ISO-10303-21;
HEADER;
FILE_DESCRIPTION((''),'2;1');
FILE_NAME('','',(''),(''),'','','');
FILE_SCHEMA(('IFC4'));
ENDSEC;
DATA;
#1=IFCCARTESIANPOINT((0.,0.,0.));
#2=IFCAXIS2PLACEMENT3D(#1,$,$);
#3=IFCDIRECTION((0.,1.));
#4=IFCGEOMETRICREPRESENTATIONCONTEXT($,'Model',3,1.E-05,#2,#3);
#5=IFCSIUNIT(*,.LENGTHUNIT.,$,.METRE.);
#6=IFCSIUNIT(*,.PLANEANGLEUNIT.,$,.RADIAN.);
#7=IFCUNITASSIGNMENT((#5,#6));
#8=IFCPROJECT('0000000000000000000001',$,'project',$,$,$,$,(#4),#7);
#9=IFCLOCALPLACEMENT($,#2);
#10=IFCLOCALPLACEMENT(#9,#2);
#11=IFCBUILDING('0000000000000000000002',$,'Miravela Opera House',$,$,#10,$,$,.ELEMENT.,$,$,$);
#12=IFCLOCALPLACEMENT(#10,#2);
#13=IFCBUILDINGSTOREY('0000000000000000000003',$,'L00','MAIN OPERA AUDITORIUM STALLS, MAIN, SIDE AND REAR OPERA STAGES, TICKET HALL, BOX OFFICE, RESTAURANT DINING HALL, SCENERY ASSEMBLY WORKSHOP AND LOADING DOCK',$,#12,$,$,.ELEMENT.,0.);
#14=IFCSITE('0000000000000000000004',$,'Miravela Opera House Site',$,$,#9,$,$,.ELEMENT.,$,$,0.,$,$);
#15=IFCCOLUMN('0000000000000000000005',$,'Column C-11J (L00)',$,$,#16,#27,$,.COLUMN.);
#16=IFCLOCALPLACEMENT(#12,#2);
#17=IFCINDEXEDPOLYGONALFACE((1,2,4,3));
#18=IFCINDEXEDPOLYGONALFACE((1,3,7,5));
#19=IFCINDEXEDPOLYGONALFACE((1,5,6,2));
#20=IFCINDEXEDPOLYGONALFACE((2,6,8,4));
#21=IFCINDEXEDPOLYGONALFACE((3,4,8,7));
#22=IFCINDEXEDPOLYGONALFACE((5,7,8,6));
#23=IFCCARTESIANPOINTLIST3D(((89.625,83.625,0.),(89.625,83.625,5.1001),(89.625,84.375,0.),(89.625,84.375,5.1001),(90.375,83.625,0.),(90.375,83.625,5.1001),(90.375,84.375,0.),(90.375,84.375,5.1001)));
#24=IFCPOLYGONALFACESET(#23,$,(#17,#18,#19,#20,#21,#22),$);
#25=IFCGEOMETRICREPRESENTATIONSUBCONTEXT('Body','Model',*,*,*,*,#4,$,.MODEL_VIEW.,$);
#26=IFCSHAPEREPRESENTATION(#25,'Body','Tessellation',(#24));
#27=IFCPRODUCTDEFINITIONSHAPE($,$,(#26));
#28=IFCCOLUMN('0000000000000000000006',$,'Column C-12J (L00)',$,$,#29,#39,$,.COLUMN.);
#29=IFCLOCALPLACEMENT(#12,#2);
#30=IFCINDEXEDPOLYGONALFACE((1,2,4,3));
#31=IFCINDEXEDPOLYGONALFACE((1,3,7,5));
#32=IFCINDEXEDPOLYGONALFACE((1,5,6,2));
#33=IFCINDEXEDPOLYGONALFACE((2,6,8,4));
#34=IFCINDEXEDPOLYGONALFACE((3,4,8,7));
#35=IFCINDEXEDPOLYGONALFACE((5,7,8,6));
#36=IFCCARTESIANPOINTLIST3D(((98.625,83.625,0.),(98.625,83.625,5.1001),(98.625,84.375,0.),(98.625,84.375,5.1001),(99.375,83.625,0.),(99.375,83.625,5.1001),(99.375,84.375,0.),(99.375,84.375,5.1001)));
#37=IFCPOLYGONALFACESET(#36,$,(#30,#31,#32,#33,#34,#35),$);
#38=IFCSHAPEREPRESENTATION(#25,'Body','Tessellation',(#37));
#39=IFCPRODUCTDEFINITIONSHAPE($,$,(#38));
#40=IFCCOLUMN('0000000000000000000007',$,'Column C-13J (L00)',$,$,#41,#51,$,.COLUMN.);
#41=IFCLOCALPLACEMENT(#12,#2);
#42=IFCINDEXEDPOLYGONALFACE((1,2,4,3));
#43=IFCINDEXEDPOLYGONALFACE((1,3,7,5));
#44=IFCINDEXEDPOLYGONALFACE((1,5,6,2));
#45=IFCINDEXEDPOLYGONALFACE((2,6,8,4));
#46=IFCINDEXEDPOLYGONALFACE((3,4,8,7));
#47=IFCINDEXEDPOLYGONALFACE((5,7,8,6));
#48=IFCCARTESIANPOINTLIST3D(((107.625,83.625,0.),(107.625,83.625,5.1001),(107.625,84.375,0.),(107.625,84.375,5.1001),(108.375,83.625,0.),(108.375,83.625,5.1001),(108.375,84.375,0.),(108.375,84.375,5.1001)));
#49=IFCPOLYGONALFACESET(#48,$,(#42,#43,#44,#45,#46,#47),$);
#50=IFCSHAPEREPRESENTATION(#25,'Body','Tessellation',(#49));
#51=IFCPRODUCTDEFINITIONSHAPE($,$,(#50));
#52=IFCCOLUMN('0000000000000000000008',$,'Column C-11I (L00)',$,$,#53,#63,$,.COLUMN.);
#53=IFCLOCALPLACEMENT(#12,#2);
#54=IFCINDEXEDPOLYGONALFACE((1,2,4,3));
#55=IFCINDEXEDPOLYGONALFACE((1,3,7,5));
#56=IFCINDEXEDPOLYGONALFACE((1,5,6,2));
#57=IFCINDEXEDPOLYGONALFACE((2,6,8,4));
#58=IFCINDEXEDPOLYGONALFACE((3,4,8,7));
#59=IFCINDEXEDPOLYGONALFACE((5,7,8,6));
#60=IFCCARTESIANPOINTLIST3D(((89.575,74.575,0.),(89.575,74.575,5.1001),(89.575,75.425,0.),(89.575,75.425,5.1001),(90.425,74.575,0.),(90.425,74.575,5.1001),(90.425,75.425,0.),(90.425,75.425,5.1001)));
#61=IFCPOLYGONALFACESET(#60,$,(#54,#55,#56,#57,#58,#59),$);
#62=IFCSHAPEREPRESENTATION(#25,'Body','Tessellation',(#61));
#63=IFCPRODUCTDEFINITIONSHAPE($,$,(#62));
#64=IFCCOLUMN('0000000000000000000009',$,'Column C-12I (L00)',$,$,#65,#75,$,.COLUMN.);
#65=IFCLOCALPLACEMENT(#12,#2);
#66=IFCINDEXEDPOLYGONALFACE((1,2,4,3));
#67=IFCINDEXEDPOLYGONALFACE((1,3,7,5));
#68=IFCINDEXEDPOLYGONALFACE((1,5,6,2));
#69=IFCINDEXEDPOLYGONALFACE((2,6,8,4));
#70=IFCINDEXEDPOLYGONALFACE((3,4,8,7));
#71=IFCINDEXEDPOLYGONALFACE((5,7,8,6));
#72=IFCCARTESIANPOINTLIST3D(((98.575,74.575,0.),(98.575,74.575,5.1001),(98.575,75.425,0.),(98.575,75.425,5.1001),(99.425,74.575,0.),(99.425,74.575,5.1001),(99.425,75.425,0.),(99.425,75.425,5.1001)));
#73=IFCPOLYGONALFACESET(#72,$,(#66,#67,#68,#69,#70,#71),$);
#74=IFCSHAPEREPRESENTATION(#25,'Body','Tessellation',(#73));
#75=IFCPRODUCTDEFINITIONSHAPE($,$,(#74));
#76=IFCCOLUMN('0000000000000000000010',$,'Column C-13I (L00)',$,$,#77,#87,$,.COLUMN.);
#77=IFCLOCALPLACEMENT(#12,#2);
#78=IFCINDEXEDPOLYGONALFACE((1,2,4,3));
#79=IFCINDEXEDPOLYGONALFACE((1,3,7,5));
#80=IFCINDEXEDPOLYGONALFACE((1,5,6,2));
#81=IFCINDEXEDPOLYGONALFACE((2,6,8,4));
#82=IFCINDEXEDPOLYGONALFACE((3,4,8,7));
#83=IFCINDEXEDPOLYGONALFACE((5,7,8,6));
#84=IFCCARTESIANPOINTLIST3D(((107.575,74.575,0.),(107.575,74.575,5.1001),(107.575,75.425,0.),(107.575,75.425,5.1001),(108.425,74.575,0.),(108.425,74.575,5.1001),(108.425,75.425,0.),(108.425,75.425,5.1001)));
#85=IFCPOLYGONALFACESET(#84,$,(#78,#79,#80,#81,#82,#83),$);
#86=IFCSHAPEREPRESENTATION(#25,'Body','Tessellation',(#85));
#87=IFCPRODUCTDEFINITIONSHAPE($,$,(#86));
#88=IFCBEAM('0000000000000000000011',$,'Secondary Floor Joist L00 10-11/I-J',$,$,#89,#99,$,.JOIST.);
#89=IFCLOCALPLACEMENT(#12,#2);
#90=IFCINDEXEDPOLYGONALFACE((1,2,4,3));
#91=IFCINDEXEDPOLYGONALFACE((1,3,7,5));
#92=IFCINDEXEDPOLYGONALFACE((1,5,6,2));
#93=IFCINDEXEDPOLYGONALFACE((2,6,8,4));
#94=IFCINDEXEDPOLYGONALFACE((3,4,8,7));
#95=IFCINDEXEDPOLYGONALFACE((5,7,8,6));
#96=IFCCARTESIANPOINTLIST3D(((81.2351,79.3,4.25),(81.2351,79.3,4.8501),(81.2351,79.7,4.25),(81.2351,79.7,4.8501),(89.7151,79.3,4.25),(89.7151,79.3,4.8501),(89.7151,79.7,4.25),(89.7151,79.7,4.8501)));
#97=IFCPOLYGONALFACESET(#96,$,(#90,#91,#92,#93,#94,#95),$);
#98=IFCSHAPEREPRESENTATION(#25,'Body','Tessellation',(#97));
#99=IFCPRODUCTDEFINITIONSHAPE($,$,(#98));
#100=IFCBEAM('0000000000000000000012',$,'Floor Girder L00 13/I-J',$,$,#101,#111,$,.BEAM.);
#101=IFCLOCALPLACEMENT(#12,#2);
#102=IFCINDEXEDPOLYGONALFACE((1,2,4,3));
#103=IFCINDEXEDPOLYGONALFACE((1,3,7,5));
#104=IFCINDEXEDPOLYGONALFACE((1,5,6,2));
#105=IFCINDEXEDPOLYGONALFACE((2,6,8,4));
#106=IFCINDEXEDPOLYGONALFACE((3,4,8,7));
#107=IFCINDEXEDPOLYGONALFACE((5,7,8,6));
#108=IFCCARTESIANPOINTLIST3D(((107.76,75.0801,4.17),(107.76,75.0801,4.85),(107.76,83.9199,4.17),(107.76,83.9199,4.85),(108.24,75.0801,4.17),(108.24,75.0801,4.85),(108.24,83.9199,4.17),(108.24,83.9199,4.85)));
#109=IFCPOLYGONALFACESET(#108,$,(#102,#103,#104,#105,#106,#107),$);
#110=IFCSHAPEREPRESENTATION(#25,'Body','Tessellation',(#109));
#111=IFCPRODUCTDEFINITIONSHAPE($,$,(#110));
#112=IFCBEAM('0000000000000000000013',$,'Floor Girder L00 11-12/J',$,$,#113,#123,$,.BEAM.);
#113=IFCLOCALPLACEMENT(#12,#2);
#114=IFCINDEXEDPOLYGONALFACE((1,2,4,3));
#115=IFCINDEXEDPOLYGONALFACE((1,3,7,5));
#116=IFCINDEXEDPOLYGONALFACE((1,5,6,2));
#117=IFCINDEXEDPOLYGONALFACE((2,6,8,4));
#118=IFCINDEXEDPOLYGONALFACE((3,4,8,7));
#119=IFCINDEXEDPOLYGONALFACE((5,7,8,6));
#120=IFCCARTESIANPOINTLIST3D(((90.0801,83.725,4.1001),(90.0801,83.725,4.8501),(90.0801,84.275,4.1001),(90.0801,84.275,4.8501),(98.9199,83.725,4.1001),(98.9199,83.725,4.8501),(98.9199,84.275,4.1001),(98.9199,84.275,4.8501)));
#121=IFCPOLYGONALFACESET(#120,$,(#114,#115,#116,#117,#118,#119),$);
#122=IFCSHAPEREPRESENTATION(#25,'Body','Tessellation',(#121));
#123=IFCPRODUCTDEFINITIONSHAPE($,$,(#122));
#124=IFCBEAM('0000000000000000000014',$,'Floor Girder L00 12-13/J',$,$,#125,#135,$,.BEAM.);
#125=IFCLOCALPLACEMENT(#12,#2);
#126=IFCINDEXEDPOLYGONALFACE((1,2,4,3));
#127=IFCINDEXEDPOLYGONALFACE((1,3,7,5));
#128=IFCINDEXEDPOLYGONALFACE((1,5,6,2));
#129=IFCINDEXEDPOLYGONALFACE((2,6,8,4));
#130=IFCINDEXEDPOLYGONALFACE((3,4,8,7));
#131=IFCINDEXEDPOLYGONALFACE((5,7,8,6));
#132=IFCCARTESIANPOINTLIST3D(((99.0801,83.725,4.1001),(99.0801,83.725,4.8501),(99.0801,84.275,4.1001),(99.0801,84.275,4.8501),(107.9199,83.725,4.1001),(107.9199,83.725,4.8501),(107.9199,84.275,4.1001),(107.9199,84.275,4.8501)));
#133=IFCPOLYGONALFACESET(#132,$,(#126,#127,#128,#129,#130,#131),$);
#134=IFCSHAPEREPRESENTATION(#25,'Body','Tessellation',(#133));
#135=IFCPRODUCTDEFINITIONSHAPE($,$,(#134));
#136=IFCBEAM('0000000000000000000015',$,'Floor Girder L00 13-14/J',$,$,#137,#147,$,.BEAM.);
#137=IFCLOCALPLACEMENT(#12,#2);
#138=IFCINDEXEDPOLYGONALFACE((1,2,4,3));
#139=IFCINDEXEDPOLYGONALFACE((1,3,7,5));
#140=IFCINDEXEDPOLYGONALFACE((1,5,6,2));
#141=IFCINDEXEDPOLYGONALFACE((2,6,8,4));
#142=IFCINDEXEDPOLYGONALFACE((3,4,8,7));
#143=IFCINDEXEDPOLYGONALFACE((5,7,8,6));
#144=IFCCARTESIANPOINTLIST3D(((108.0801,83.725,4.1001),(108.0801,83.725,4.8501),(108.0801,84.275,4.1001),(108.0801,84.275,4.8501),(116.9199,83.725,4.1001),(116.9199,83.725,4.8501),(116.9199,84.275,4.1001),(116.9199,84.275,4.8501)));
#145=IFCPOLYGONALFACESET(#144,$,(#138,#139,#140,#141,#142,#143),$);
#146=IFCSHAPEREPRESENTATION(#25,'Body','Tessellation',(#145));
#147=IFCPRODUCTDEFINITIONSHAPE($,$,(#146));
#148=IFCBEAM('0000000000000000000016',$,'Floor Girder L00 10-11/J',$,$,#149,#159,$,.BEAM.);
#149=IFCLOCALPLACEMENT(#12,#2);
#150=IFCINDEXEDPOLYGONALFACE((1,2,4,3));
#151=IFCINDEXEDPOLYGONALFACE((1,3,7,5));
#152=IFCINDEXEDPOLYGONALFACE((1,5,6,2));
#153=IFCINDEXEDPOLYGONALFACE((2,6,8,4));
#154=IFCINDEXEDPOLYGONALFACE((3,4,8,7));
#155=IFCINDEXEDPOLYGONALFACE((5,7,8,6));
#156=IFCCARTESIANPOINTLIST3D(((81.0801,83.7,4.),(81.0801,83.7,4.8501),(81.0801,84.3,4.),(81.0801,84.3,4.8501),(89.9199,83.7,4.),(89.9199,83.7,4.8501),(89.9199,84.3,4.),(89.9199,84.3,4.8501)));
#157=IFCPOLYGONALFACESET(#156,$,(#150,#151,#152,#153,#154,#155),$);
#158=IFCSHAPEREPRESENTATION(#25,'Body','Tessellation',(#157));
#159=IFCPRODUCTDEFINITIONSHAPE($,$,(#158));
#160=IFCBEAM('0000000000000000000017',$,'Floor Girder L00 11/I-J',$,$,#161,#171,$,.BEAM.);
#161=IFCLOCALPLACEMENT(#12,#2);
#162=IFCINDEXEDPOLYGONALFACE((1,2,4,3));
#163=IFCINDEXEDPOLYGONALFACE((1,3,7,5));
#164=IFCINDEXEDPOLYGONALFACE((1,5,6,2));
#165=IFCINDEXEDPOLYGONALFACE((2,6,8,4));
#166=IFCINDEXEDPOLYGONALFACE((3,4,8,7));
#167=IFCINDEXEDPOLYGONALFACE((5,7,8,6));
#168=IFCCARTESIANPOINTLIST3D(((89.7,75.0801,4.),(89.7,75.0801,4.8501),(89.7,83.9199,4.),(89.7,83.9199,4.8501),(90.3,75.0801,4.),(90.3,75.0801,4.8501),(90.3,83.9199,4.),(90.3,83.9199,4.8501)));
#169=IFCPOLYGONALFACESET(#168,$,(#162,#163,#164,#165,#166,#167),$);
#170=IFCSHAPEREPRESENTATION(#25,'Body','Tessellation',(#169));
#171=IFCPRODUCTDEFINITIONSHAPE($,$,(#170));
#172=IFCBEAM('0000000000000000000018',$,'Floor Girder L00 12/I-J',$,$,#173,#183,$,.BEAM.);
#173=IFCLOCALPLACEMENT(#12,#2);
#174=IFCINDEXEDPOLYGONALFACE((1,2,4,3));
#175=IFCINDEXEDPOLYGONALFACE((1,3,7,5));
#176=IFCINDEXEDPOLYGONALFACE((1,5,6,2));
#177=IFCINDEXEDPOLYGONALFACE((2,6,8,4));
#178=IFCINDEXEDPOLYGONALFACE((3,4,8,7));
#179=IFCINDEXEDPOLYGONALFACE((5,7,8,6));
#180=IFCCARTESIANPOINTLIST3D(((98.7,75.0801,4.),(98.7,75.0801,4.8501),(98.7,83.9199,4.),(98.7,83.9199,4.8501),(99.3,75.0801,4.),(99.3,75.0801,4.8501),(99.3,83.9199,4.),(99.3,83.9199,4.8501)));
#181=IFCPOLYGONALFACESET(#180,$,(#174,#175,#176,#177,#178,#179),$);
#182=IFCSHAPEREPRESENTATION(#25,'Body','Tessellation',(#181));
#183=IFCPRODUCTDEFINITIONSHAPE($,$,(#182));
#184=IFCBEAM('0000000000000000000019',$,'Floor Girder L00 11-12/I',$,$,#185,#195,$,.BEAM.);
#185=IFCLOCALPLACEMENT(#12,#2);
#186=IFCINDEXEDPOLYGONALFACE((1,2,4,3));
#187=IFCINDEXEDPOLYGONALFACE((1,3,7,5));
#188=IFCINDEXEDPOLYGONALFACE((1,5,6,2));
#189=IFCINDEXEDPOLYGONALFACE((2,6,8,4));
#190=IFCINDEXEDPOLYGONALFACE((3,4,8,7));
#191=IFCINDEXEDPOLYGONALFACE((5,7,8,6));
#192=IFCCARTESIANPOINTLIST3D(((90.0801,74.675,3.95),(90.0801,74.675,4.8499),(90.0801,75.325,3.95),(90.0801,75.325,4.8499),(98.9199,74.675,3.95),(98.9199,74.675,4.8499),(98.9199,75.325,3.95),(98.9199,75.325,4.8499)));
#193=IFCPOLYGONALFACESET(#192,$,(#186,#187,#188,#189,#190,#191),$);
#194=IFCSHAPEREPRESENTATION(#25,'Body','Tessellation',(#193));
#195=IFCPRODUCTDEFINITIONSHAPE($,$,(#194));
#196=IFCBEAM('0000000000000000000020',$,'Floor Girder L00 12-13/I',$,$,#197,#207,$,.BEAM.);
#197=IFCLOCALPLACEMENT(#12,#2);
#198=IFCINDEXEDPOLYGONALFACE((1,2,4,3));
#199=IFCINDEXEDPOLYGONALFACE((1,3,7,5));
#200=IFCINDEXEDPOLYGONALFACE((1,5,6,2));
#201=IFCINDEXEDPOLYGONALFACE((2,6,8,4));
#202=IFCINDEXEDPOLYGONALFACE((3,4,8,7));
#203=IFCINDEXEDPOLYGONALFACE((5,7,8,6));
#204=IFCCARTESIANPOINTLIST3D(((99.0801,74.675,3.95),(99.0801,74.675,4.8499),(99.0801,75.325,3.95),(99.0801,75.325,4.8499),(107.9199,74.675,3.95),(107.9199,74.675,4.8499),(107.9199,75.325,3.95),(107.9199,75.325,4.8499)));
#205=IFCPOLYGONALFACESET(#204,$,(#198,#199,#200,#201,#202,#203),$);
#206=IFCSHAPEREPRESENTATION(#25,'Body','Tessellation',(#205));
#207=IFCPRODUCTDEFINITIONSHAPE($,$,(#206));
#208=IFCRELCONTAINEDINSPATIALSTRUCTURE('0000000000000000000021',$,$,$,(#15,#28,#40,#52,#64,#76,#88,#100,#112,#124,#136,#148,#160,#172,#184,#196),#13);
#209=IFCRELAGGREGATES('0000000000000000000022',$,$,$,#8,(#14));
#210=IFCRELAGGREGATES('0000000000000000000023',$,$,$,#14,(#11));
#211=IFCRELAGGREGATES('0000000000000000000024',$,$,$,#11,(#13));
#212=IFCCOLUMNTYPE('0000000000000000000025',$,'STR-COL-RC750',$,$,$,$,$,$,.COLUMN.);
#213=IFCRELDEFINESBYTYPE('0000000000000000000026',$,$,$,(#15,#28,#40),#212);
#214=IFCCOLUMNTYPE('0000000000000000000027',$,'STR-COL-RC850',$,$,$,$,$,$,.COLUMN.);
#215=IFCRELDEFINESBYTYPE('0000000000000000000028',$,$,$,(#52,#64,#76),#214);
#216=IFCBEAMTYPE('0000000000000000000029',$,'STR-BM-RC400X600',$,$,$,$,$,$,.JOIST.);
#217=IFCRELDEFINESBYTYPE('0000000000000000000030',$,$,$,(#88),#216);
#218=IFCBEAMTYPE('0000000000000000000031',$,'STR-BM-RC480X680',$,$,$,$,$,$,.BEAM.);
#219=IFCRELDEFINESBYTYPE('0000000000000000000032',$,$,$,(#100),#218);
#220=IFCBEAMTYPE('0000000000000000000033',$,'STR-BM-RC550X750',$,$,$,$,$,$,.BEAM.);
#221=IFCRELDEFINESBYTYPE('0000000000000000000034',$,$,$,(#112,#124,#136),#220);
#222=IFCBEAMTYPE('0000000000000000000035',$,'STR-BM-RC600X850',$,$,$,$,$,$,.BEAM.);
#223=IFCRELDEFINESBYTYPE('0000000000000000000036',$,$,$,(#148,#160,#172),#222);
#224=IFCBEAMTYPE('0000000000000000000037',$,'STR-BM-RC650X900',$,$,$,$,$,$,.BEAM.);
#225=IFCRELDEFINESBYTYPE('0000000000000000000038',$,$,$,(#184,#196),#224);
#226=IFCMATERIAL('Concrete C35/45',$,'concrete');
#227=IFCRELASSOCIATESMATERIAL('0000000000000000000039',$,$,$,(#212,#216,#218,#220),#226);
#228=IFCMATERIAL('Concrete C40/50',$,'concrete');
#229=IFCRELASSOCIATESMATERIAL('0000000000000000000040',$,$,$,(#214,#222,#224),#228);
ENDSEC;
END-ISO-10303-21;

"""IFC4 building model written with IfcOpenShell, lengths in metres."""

from ifc_helpers import new_model, si_unit, direction, frame, origin, origin_2d, place, context, subcontext, project, spatial, rectangle, extrude, material, material_profile, profile_set, type_object, element, save


model = new_model("IFC4")

# Units and contexts
model_context = context("Model", 3, precision=1e-05, world=origin(), true_north=direction((0.0, 1.0)))
body_context = subcontext(model_context, "Body", "Model", "MODEL_VIEW")
ifc_project = project(units=[si_unit("LENGTHUNIT", "METRE"), si_unit("PLANEANGLEUNIT", "RADIAN")], contexts=[model_context])

# Site, building, storey
site_placement = place(None, origin())
site = spatial("IfcSite", under=ifc_project, at=site_placement, Name="Miravela Opera House Site", CompositionType="ELEMENT", RefElevation=0.0)
building_placement = place(site_placement, origin())
building = spatial("IfcBuilding", under=site, at=building_placement, Name="Miravela Opera House", CompositionType="ELEMENT")
storey_placement = place(building_placement, origin())
storey = spatial("IfcBuildingStorey", under=building, at=storey_placement, Name="L00", Description="MAIN OPERA AUDITORIUM STALLS, MAIN, SIDE AND REAR OPERA STAGES, TICKET HALL, BOX OFFICE, RESTAURANT DINING HALL, SCENERY ASSEMBLY WORKSHOP AND LOADING DOCK", CompositionType="ELEMENT", Elevation=0.0)

# Columns
ifc_material_1 = material(Name="Concrete C35/45", Category="concrete")
ifc_material_profile_1 = material_profile(ifc_material_1, rectangle(XDim=0.75, YDim=0.75, at=origin_2d()), Name="RC-COL-750X750")
ifc_profile_set_1 = profile_set([ifc_material_profile_1])
column_type_1 = type_object("IfcColumnType", Name="STR-COL-RC750", PredefinedType="COLUMN", material=ifc_profile_set_1)
for number, where, z_axis, x_axis, name in (
    (1, (90.0, 84.0, 0.0), (0.0, 0.0, 1.0), (1.0, 0.0, 0.0), "Column C-11J (L00)"),
    (2, (99.0, 84.0, 0.0), (0.0, 0.0, 1.0), (1.0, 0.0, 0.0), "Column C-12J (L00)"),
    (3, (108.0, 84.0, 0.0), (0.0, 0.0, 1.0), (1.0, 0.0, 0.0), "Column C-13J (L00)"),
):
    element("IfcColumn", number, at=place(storey_placement, frame(where, z_axis=z_axis, x_axis=x_axis)), inside=storey, type_object=column_type_1, Name=name, PredefinedType="COLUMN", context=body_context, shape_type="SweptSolid", body=[
        extrude(rectangle(XDim=0.75, YDim=0.75, at=origin_2d()), origin(), (0.0, 0.0, 1.0), 5.1001),
    ])
ifc_material_2 = material(Name="Concrete C40/50", Category="concrete")
ifc_material_profile_2 = material_profile(ifc_material_2, rectangle(XDim=0.8501, YDim=0.8501, at=origin_2d()), Name="RC-COL-850X850")
ifc_profile_set_2 = profile_set([ifc_material_profile_2])
column_type_2 = type_object("IfcColumnType", Name="STR-COL-RC850", PredefinedType="COLUMN", material=ifc_profile_set_2)
for number, where, z_axis, x_axis, name in (
    (4, (90.0, 75.0, 0.0), (0.0, 0.0, 1.0), (1.0, 0.0, 0.0), "Column C-11I (L00)"),
    (5, (99.0, 75.0, 0.0), (0.0, 0.0, 1.0), (1.0, 0.0, 0.0), "Column C-12I (L00)"),
    (6, (108.0, 75.0, 0.0), (0.0, 0.0, 1.0), (1.0, 0.0, 0.0), "Column C-13I (L00)"),
):
    element("IfcColumn", number, at=place(storey_placement, frame(where, z_axis=z_axis, x_axis=x_axis)), inside=storey, type_object=column_type_2, Name=name, PredefinedType="COLUMN", context=body_context, shape_type="SweptSolid", body=[
        extrude(rectangle(XDim=0.8501, YDim=0.8501, at=origin_2d()), origin(), (0.0, 0.0, 1.0), 5.1001),
    ])

# Beams
ifc_material_profile_3 = material_profile(ifc_material_1, rectangle(XDim=0.3999, YDim=0.6001, at=origin_2d()), Name="RC-BM-400X600")
ifc_profile_set_3 = profile_set([ifc_material_profile_3])
beam_type_1 = type_object("IfcBeamType", Name="STR-BM-RC400X600", PredefinedType="JOIST", material=ifc_profile_set_3)
beam_1_placement = place(storey_placement, frame((81.2351, 79.5, 4.55), z_axis=(1.0, 0.0, 0.0), x_axis=(0.0, 1.0, 0.0)))
element("IfcBeam", 7, at=beam_1_placement, inside=storey, type_object=beam_type_1, Name="Secondary Floor Joist L00 10-11/I-J", PredefinedType="JOIST", context=body_context, shape_type="SweptSolid", body=[
    extrude(rectangle(XDim=0.3999, YDim=0.6001, at=origin_2d()), origin(), (0.0, 0.0, 1.0), 8.48),
])
ifc_material_profile_4 = material_profile(ifc_material_1, rectangle(XDim=0.48, YDim=0.6799, at=origin_2d()), Name="RC-BM-480X680")
ifc_profile_set_4 = profile_set([ifc_material_profile_4])
beam_type_2 = type_object("IfcBeamType", Name="STR-BM-RC480X680", PredefinedType="BEAM", material=ifc_profile_set_4)
beam_2_placement = place(storey_placement, frame((108.0, 75.0801, 4.51), z_axis=(0.0, 1.0, 0.0), x_axis=(-1.0, 0.0, 0.0)))
element("IfcBeam", 8, at=beam_2_placement, inside=storey, type_object=beam_type_2, Name="Floor Girder L00 13/I-J", PredefinedType="BEAM", context=body_context, shape_type="SweptSolid", body=[
    extrude(rectangle(XDim=0.48, YDim=0.6799, at=origin_2d()), origin(), (0.0, 0.0, 1.0), 8.8398),
])
ifc_material_profile_5 = material_profile(ifc_material_1, rectangle(XDim=0.55, YDim=0.75, at=origin_2d()), Name="RC-BM-550X750")
ifc_profile_set_5 = profile_set([ifc_material_profile_5])
beam_type_3 = type_object("IfcBeamType", Name="STR-BM-RC550X750", PredefinedType="BEAM", material=ifc_profile_set_5)
for number, where, z_axis, x_axis, name in (
    (9, (90.0801, 84.0, 4.4751), (1.0, 0.0, 0.0), (0.0, 1.0, 0.0), "Floor Girder L00 11-12/J"),
    (10, (99.0801, 84.0, 4.4751), (1.0, 0.0, 0.0), (0.0, 1.0, 0.0), "Floor Girder L00 12-13/J"),
    (11, (108.0801, 84.0, 4.4751), (1.0, 0.0, 0.0), (0.0, 1.0, 0.0), "Floor Girder L00 13-14/J"),
):
    element("IfcBeam", number, at=place(storey_placement, frame(where, z_axis=z_axis, x_axis=x_axis)), inside=storey, type_object=beam_type_3, Name=name, PredefinedType="BEAM", context=body_context, shape_type="SweptSolid", body=[
        extrude(rectangle(XDim=0.55, YDim=0.75, at=origin_2d()), origin(), (0.0, 0.0, 1.0), 8.8398),
    ])
ifc_material_profile_6 = material_profile(ifc_material_2, rectangle(XDim=0.6001, YDim=0.8501, at=origin_2d()), Name="RC-BM-600X850")
ifc_profile_set_6 = profile_set([ifc_material_profile_6])
beam_type_4 = type_object("IfcBeamType", Name="STR-BM-RC600X850", PredefinedType="BEAM", material=ifc_profile_set_6)
for number, where, z_axis, x_axis, name in (
    (12, (81.0801, 84.0, 4.425), (1.0, 0.0, 0.0), (0.0, 1.0, 0.0), "Floor Girder L00 10-11/J"),
    (13, (90.0, 75.0801, 4.425), (0.0, 1.0, 0.0), (-1.0, 0.0, 0.0), "Floor Girder L00 11/I-J"),
    (14, (99.0, 75.0801, 4.425), (0.0, 1.0, 0.0), (-1.0, 0.0, 0.0), "Floor Girder L00 12/I-J"),
):
    element("IfcBeam", number, at=place(storey_placement, frame(where, z_axis=z_axis, x_axis=x_axis)), inside=storey, type_object=beam_type_4, Name=name, PredefinedType="BEAM", context=body_context, shape_type="SweptSolid", body=[
        extrude(rectangle(XDim=0.6001, YDim=0.8501, at=origin_2d()), origin(), (0.0, 0.0, 1.0), 8.8398),
    ])
ifc_material_profile_7 = material_profile(ifc_material_2, rectangle(XDim=0.6499, YDim=0.8999, at=origin_2d()), Name="RC-BM-650X900")
ifc_profile_set_7 = profile_set([ifc_material_profile_7])
beam_type_5 = type_object("IfcBeamType", Name="STR-BM-RC650X900", PredefinedType="BEAM", material=ifc_profile_set_7)
for number, where, z_axis, x_axis, name in (
    (15, (90.0801, 75.0, 4.3999), (1.0, 0.0, 0.0), (0.0, 1.0, 0.0), "Floor Girder L00 11-12/I"),
    (16, (99.0801, 75.0, 4.3999), (1.0, 0.0, 0.0), (0.0, 1.0, 0.0), "Floor Girder L00 12-13/I"),
):
    element("IfcBeam", number, at=place(storey_placement, frame(where, z_axis=z_axis, x_axis=x_axis)), inside=storey, type_object=beam_type_5, Name=name, PredefinedType="BEAM", context=body_context, shape_type="SweptSolid", body=[
        extrude(rectangle(XDim=0.6499, YDim=0.8999, at=origin_2d()), origin(), (0.0, 0.0, 1.0), 8.8398),
    ])

save(model, "model.ifc")
